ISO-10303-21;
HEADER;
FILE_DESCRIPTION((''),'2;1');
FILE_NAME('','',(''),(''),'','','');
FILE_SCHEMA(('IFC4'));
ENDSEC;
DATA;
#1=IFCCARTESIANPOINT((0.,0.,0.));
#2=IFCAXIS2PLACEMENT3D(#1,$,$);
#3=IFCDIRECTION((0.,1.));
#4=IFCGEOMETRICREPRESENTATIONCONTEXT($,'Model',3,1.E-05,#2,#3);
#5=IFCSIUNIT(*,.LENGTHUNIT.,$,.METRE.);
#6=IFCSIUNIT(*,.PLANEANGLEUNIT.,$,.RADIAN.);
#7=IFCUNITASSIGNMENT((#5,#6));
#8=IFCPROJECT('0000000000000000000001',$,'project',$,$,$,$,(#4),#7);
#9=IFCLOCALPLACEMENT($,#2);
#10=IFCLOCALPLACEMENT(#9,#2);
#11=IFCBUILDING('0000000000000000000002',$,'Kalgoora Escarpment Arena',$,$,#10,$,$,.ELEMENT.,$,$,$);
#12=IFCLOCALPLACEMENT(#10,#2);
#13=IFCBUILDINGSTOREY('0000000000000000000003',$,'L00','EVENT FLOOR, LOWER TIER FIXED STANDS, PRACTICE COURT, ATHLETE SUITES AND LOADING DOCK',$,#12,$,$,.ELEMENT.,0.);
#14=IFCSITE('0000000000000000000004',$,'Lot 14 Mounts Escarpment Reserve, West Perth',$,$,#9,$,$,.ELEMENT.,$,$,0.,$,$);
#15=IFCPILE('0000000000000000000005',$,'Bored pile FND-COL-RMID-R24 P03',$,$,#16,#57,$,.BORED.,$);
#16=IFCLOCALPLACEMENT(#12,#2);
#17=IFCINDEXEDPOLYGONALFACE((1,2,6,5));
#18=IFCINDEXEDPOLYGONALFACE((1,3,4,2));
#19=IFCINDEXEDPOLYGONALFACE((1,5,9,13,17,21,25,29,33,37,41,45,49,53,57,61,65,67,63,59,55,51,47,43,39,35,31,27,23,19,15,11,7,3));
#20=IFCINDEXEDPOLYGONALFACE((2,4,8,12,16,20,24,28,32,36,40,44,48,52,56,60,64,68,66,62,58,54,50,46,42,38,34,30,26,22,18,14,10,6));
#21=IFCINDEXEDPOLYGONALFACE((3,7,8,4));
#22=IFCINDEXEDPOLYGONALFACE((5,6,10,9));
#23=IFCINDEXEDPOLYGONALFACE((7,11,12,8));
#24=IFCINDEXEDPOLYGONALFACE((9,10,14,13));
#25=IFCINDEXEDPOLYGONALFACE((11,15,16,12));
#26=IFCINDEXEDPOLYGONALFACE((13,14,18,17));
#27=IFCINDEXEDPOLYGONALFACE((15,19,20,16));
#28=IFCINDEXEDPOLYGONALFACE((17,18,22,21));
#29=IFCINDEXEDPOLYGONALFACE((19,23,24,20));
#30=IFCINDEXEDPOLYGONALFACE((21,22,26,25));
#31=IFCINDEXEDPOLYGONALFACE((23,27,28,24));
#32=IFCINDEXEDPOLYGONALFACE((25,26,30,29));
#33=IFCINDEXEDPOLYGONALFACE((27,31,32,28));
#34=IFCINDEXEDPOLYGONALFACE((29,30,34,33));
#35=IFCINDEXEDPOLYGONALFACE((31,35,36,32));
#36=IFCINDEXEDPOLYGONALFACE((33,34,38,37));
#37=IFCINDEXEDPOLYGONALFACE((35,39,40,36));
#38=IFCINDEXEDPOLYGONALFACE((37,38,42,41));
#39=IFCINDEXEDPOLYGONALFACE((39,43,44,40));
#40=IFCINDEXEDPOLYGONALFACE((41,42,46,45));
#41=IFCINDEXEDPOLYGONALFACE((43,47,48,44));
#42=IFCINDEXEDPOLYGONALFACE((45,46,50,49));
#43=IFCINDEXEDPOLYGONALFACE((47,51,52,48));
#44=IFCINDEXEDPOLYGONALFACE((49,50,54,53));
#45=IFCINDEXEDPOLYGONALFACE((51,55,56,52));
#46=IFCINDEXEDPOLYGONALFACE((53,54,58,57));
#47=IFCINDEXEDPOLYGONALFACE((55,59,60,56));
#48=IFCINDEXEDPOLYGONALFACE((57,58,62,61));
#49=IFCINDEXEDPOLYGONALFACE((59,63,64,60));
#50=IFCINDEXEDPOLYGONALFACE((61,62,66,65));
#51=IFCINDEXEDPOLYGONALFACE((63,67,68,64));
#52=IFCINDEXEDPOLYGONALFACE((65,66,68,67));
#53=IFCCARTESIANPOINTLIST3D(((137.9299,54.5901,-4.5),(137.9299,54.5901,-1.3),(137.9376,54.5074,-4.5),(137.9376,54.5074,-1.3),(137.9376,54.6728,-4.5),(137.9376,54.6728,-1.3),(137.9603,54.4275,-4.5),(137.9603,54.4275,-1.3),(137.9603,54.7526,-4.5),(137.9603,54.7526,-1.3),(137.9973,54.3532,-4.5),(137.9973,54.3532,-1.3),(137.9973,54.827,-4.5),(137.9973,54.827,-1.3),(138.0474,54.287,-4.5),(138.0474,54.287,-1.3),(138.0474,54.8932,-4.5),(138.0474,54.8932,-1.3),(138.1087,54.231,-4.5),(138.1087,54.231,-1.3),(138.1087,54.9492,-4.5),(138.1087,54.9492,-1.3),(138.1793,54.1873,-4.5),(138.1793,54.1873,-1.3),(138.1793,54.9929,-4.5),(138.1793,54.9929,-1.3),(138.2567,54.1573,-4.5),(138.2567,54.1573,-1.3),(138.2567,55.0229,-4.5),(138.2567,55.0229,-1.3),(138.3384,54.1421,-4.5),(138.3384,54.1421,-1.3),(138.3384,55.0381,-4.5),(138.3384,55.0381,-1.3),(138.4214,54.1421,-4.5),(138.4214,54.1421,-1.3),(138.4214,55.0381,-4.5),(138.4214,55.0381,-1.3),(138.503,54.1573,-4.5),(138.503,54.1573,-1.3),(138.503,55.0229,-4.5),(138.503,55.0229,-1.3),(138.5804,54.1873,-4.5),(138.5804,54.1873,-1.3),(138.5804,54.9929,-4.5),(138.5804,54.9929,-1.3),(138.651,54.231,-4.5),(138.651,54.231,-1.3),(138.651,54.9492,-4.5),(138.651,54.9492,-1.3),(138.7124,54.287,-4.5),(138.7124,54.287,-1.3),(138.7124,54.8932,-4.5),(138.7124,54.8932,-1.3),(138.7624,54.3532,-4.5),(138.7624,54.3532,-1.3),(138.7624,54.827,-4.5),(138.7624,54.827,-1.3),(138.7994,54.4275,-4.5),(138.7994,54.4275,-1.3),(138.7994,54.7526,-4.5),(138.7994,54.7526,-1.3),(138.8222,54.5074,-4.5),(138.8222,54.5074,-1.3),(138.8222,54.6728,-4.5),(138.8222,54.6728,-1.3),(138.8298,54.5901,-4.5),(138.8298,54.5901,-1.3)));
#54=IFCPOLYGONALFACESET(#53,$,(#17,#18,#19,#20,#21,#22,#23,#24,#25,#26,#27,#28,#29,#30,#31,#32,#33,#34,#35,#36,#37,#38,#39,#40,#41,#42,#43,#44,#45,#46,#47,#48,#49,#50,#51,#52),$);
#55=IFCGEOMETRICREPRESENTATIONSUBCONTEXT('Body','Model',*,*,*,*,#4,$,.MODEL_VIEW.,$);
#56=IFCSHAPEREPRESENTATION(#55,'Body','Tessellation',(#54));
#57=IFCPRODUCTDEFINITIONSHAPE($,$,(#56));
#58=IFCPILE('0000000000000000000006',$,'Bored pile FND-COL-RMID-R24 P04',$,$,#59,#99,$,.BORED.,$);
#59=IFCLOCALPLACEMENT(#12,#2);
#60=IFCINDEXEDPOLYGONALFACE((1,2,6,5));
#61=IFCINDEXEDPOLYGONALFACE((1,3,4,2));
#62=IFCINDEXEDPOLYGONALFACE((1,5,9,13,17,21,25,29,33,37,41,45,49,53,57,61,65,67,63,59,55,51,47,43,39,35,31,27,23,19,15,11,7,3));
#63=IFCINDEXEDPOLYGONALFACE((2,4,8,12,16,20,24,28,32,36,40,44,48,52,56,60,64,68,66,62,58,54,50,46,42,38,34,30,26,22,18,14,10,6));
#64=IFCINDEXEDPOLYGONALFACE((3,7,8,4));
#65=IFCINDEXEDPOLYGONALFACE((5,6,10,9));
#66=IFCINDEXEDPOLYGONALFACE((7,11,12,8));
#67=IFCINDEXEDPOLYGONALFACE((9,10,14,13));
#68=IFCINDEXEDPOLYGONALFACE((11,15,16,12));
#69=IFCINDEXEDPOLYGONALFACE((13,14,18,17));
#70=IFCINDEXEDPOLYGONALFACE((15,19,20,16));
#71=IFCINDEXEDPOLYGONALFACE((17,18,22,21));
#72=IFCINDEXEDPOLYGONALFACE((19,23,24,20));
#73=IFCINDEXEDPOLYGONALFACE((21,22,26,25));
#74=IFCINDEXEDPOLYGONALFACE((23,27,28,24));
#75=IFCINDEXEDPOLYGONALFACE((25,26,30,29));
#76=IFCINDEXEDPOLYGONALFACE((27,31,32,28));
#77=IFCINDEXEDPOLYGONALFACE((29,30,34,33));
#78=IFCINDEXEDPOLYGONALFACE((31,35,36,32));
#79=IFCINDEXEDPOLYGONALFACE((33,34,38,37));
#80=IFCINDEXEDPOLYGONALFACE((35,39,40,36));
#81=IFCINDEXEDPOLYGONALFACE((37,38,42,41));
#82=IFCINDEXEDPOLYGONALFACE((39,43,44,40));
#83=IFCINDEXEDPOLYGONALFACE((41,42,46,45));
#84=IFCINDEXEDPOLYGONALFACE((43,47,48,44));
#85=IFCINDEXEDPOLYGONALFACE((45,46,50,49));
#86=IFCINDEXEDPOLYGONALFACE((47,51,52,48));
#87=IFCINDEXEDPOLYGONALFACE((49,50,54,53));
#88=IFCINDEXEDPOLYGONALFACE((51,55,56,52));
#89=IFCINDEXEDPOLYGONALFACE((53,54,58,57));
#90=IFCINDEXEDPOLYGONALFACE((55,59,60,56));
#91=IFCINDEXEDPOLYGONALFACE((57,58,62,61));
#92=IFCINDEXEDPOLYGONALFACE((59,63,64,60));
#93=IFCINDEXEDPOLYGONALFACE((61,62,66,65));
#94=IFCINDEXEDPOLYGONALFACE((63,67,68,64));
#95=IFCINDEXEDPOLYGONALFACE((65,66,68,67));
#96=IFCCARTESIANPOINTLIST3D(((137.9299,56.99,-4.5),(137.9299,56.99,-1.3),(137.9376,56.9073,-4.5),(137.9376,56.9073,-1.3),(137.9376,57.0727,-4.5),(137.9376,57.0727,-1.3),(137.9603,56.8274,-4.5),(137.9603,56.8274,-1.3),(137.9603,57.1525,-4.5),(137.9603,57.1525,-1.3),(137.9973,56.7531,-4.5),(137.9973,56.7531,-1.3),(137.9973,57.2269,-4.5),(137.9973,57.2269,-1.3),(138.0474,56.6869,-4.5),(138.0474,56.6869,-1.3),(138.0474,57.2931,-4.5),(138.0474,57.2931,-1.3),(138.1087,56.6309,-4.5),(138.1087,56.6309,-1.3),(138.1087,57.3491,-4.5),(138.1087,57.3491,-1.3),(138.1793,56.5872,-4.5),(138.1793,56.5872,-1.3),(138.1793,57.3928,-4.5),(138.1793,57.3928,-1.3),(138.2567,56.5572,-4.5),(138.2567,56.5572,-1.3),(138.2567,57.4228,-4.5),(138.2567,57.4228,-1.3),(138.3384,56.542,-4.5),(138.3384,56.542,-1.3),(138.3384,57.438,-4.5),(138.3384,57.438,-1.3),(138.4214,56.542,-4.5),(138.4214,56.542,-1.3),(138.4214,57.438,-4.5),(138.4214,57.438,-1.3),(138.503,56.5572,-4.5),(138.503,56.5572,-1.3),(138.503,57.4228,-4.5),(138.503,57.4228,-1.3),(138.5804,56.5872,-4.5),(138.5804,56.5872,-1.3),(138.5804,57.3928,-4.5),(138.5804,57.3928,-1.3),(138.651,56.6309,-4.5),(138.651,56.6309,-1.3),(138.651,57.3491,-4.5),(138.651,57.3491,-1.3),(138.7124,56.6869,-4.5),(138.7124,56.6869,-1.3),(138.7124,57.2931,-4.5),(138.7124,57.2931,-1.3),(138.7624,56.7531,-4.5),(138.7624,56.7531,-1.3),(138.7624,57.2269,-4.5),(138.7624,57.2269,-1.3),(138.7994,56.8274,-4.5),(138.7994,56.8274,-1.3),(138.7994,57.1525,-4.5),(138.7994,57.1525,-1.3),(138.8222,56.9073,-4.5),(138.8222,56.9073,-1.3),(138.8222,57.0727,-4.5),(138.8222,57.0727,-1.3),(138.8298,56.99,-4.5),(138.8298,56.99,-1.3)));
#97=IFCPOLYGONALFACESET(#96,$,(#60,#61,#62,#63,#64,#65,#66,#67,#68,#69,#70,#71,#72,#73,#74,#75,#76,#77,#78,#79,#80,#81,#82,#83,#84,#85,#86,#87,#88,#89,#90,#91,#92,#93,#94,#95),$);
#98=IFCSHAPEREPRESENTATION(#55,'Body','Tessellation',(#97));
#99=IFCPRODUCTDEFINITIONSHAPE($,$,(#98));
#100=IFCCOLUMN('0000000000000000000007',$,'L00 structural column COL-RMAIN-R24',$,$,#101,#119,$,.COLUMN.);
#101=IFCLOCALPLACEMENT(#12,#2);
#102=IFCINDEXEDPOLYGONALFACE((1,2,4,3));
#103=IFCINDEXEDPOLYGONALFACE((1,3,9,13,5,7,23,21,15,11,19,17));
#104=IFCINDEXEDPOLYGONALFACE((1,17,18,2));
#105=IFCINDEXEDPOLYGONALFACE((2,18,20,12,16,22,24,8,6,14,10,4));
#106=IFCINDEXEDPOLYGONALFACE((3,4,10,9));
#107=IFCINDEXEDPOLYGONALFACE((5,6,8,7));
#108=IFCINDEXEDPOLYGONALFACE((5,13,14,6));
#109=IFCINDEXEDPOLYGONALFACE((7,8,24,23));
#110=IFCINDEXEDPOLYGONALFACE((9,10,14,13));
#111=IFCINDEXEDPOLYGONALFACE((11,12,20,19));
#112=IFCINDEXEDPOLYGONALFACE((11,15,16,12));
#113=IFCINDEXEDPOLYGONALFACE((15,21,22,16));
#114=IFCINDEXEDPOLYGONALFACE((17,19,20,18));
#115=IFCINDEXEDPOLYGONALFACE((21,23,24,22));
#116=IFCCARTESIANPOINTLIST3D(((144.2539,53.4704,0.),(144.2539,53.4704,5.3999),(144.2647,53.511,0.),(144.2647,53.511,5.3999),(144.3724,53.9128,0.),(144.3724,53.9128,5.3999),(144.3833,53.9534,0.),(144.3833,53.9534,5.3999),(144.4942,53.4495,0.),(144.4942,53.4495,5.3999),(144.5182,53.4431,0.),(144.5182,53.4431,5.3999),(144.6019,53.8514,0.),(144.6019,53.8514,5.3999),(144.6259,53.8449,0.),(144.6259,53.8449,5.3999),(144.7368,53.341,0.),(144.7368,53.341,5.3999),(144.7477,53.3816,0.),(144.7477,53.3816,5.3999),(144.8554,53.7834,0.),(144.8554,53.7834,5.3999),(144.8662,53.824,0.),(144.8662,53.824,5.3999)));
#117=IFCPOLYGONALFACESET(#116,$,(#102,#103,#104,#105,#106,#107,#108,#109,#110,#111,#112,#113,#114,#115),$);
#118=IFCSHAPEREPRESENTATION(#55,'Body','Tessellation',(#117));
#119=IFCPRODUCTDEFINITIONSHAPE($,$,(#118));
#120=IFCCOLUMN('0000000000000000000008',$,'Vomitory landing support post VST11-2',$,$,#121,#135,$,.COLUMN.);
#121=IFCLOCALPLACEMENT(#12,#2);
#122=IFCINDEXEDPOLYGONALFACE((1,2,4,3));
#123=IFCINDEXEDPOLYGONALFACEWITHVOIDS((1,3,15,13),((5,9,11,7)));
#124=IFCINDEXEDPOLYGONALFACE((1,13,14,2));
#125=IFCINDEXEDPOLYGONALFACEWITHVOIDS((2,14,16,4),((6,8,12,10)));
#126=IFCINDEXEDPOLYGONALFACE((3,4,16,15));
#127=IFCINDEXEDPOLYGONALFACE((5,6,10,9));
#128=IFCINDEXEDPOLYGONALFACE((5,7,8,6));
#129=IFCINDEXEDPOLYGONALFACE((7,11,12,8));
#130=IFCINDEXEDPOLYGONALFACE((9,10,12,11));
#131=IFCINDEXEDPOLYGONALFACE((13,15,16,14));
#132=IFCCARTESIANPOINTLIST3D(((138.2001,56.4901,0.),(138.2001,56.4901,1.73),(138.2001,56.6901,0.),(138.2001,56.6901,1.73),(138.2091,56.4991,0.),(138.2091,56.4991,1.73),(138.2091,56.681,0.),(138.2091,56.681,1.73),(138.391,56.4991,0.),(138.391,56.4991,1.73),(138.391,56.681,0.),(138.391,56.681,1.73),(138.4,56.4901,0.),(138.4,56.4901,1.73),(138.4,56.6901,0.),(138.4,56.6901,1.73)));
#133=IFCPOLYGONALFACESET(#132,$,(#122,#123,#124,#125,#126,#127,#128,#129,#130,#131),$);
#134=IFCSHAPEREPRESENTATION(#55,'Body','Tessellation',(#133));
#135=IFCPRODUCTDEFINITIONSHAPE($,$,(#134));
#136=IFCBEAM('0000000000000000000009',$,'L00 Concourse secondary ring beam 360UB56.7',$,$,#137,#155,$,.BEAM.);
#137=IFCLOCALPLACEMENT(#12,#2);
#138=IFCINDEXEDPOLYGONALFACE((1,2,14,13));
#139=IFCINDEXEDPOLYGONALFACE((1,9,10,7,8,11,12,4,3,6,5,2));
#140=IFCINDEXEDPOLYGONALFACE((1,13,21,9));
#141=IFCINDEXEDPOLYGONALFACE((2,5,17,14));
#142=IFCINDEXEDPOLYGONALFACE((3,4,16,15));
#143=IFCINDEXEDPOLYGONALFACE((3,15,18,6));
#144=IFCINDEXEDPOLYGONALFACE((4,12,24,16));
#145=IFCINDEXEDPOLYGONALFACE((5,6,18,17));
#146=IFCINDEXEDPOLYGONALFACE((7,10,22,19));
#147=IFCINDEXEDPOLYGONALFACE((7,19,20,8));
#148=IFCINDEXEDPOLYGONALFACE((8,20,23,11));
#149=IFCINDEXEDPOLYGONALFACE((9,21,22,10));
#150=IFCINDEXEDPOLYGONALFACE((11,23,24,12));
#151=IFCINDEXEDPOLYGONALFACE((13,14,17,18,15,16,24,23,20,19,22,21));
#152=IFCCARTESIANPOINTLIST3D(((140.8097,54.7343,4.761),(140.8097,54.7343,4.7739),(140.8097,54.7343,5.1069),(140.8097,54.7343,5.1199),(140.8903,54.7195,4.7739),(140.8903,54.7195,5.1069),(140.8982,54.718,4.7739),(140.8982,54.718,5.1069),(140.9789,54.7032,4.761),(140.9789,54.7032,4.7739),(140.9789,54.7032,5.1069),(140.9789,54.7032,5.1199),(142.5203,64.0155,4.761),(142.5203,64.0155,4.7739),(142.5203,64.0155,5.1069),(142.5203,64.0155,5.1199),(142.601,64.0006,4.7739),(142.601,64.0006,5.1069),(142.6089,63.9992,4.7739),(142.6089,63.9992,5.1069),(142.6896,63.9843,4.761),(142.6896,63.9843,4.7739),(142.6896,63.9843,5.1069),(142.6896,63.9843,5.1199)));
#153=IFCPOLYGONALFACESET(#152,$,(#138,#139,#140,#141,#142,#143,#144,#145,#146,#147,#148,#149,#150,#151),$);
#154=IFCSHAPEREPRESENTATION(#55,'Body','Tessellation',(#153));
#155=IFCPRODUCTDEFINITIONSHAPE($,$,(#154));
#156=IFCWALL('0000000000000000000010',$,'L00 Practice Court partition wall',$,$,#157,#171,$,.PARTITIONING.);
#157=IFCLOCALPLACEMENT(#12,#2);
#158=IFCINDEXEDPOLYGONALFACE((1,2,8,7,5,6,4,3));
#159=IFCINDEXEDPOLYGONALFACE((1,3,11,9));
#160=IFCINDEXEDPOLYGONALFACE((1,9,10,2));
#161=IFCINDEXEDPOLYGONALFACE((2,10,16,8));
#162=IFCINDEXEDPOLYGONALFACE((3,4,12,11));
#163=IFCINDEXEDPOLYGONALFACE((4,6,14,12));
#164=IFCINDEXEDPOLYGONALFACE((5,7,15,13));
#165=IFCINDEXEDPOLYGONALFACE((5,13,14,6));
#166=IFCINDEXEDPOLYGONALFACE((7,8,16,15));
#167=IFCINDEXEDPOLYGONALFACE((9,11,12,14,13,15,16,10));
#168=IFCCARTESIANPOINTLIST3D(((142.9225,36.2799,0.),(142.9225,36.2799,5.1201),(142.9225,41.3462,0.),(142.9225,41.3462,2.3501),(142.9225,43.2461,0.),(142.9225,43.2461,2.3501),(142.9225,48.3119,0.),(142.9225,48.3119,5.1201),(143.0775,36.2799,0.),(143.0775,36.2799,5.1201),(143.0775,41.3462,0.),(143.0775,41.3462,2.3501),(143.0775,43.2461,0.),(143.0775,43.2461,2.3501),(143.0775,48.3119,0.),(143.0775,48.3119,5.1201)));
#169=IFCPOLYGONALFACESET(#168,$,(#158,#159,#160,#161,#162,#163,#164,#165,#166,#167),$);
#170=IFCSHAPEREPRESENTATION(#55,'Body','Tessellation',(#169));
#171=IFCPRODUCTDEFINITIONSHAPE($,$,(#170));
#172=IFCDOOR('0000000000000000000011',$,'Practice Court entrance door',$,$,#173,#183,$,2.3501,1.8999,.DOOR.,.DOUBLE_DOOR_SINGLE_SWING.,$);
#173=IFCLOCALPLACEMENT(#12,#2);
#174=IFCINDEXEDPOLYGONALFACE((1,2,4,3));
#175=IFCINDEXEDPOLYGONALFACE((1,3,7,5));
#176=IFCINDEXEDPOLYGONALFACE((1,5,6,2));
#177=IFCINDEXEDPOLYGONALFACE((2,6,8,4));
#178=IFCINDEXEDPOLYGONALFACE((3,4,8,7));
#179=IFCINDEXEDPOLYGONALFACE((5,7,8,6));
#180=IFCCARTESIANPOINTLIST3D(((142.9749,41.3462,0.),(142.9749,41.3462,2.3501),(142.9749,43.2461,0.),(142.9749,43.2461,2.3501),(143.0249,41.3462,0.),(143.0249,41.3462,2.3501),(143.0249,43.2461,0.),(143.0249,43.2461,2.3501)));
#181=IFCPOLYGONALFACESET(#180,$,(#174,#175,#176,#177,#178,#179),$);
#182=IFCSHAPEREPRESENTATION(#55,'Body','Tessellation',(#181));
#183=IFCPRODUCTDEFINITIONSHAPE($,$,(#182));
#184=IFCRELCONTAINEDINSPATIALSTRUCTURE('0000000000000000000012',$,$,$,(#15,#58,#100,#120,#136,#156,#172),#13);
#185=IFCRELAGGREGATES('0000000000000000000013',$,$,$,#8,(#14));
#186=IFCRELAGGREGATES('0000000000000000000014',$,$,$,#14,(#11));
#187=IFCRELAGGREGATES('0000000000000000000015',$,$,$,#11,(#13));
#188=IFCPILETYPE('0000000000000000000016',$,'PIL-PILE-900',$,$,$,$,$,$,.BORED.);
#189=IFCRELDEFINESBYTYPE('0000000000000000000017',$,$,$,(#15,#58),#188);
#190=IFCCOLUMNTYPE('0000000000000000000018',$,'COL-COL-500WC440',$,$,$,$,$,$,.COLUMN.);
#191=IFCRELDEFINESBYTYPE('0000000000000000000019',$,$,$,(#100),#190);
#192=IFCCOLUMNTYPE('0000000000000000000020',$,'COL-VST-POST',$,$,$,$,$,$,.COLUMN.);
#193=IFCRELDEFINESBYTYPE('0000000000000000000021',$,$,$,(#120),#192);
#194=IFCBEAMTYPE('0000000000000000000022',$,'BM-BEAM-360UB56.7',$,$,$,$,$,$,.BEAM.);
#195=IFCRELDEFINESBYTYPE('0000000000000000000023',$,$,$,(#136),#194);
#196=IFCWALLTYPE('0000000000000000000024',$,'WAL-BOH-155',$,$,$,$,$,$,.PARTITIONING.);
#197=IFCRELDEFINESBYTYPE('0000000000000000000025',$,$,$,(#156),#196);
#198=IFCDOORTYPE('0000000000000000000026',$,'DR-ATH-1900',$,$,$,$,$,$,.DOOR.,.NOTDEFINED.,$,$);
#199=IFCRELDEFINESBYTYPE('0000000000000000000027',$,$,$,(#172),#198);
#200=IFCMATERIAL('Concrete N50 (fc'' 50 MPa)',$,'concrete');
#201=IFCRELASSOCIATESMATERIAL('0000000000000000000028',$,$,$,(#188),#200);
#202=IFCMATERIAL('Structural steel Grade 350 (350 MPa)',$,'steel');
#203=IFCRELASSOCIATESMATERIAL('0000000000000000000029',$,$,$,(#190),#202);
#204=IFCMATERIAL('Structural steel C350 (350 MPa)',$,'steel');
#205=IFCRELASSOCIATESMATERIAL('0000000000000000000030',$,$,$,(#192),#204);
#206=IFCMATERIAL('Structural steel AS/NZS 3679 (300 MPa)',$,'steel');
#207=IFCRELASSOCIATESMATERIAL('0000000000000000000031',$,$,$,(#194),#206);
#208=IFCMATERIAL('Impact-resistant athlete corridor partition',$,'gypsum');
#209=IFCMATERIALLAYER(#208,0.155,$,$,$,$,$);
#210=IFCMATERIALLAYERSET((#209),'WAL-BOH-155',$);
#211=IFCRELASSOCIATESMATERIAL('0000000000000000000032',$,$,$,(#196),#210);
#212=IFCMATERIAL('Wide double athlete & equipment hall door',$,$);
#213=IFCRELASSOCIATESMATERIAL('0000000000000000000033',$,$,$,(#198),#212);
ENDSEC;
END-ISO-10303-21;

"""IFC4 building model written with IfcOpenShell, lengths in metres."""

from ifc_helpers import new_model, si_unit, direction, frame, frame_2d, origin, origin_2d, place, context, subcontext, project, spatial, rectangle, hollow_rectangle, circle, i_section, extrude, material, layer, layer_set, material_profile, profile_set, type_object, element, fill, save


model = new_model("IFC4")

# Units and contexts
model_context = context("Model", 3, precision=1e-05, world=origin(), true_north=direction((0.0, 1.0)))
body_context = subcontext(model_context, "Body", "Model", "MODEL_VIEW")
ifc_project = project(units=[si_unit("LENGTHUNIT", "METRE"), si_unit("PLANEANGLEUNIT", "RADIAN")], contexts=[model_context])

# Site, building, storey
site_placement = place(None, origin())
site = spatial("IfcSite", under=ifc_project, at=site_placement, Name="Lot 14 Mounts Escarpment Reserve, West Perth", CompositionType="ELEMENT", RefElevation=0.0)
building_placement = place(site_placement, origin())
building = spatial("IfcBuilding", under=site, at=building_placement, Name="Kalgoora Escarpment Arena", CompositionType="ELEMENT")
storey_placement = place(building_placement, origin())
storey = spatial("IfcBuildingStorey", under=building, at=storey_placement, Name="L00", Description="EVENT FLOOR, LOWER TIER FIXED STANDS, PRACTICE COURT, ATHLETE SUITES AND LOADING DOCK", CompositionType="ELEMENT", Elevation=0.0)

# Piles
ifc_material_1 = material(Name="Concrete N50 (fc' 50 MPa)", Category="concrete")
ifc_material_profile_1 = material_profile(ifc_material_1, circle(Radius=0.45, at=origin_2d()))
ifc_profile_set_1 = profile_set([ifc_material_profile_1], Name="Concrete N50 (fc' 50 MPa)")
pile_type_1 = type_object("IfcPileType", Name="PIL-PILE-900", PredefinedType="BORED", material=ifc_profile_set_1)
for number, where, z_axis, x_axis, name in (
    (1, (138.3799, 54.5901, -1.3), (0.0, 0.0, -1.0), (1.0, 0.0, 0.0), "Bored pile FND-COL-RMID-R24 P03"),
    (2, (138.3799, 56.99, -1.3), (0.0, 0.0, -1.0), (1.0, 0.0, 0.0), "Bored pile FND-COL-RMID-R24 P04"),
):
    element("IfcPile", number, at=place(storey_placement, frame(where, z_axis=z_axis, x_axis=x_axis)), inside=storey, type_object=pile_type_1, Name=name, PredefinedType="BORED", context=body_context, shape_type="SweptSolid", body=[
        extrude(circle(Radius=0.45, at=origin_2d()), origin(), (0.0, 0.0, 1.0), 3.2),
    ])

# Columns
ifc_material_2 = material(Name="Structural steel Grade 350 (350 MPa)", Category="steel")
ifc_material_profile_2 = material_profile(ifc_material_2, i_section(OverallWidth=0.5, OverallDepth=0.5, WebThickness=0.0249, FlangeThickness=0.042, at=origin_2d()))
ifc_profile_set_2 = profile_set([ifc_material_profile_2], Name="Structural steel Grade 350 (350 MPa)")
column_type_1 = type_object("IfcColumnType", Name="COL-COL-500WC440", PredefinedType="COLUMN", material=ifc_profile_set_2)
column_1_placement = place(storey_placement, frame((144.5601, 53.6472, 0.0), z_axis=(0.0, 0.0, 1.0), x_axis=(0.965926, -0.258819, 0.0)))
element("IfcColumn", 3, at=column_1_placement, inside=storey, type_object=column_type_1, Name="L00 structural column COL-RMAIN-R24", PredefinedType="COLUMN", context=body_context, shape_type="SweptSolid", body=[
    extrude(i_section(OverallWidth=0.5, OverallDepth=0.5, WebThickness=0.0249, FlangeThickness=0.042, at=origin_2d()), origin(), (0.0, 0.0, 1.0), 5.3999),
])
ifc_material_3 = material(Name="Structural steel C350 (350 MPa)", Category="steel")
ifc_material_profile_3 = material_profile(ifc_material_3, hollow_rectangle(XDim=0.2, YDim=0.2, WallThickness=0.009, at=origin_2d()))
ifc_profile_set_3 = profile_set([ifc_material_profile_3], Name="Structural steel C350 (350 MPa)")
column_type_2 = type_object("IfcColumnType", Name="COL-VST-POST", PredefinedType="COLUMN", material=ifc_profile_set_3)
column_2_placement = place(storey_placement, frame((138.3, 56.5901, 0.0), z_axis=(0.0, 0.0, 1.0), x_axis=(1.0, 0.0, 0.0)))
element("IfcColumn", 4, at=column_2_placement, inside=storey, type_object=column_type_2, Name="Vomitory landing support post VST11-2", PredefinedType="COLUMN", context=body_context, shape_type="SweptSolid", body=[
    extrude(hollow_rectangle(XDim=0.2, YDim=0.2, WallThickness=0.009, at=origin_2d()), origin(), (0.0, 0.0, 1.0), 1.73),
])

# Beam
ifc_material_4 = material(Name="Structural steel AS/NZS 3679 (300 MPa)", Category="steel")
ifc_material_profile_4 = material_profile(ifc_material_4, i_section(OverallWidth=0.1721, OverallDepth=0.3589, WebThickness=0.0081, FlangeThickness=0.0129, at=origin_2d()))
ifc_profile_set_4 = profile_set([ifc_material_profile_4], Name="Structural steel AS/NZS 3679 (300 MPa)")
beam_type = type_object("IfcBeamType", Name="BM-BEAM-360UB56.7", PredefinedType="BEAM", material=ifc_profile_set_4)
beam_placement = place(storey_placement, frame((140.8943, 54.7188, 4.9404), z_axis=(0.181264, 0.983435, 0.0), x_axis=(-0.983435, 0.181264, 0.0)))
element("IfcBeam", 5, at=beam_placement, inside=storey, type_object=beam_type, Name="L00 Concourse secondary ring beam 360UB56.7", PredefinedType="BEAM", context=body_context, shape_type="SweptSolid", body=[
    extrude(i_section(OverallWidth=0.1721, OverallDepth=0.3589, WebThickness=0.0081, FlangeThickness=0.0129, at=origin_2d()), origin(), (0.0, 0.0, 1.0), 9.4375),
])

# Wall, opening, door
ifc_material_5 = material(Name="Impact-resistant athlete corridor partition", Category="gypsum")
ifc_layer_1 = layer(ifc_material_5, 0.155)
ifc_layer_set_1 = layer_set([ifc_layer_1], Name="WAL-BOH-155")
wall_type_1 = type_object("IfcWallType", Name="WAL-BOH-155", PredefinedType="PARTITIONING", material=ifc_layer_set_1)
wall_1_placement = place(storey_placement, frame((143.0, 48.312, 0.0), z_axis=(0.0, 0.0, 1.0), x_axis=(0.0, -1.0, 0.0)))
wall_1 = element("IfcWall", 6, at=wall_1_placement, inside=storey, type_object=wall_type_1, Name="L00 Practice Court partition wall", PredefinedType="PARTITIONING", context=body_context, shape_type="SweptSolid", body=[
    extrude(rectangle(XDim=12.032, YDim=0.155, at=frame_2d((6.0161, 0.0))), origin(), (0.0, 0.0, 1.0), 5.1201),
])
opening_1_placement = place(wall_1_placement, frame((5.0659, 0.0, 0.0)))
opening_1 = element("IfcOpeningElement", 7, at=opening_1_placement, cuts=wall_1, PredefinedType="OPENING", context=body_context, shape_type="SweptSolid", body=[
    extrude(rectangle(XDim=1.8999, YDim=2.3501, at=frame_2d((0.95, 1.175))), frame((0.0, 0.0874, 0.0), z_axis=(0.0, -1.0, 0.0), x_axis=(1.0, 0.0, 0.0)), (0.0, 0.0, 1.0), 0.175),
])
ifc_material_6 = material(Name="Wide double athlete & equipment hall door")
door_type_1 = type_object("IfcDoorType", Name="DR-ATH-1900", OperationType="NOTDEFINED", PredefinedType="DOOR", material=ifc_material_6)
door_1_placement = place(opening_1_placement, origin())
door_1 = element("IfcDoor", 8, at=door_1_placement, inside=storey, type_object=door_type_1, Name="Practice Court entrance door", OperationType="DOUBLE_DOOR_SINGLE_SWING", OverallHeight=2.3501, OverallWidth=1.8999, PredefinedType="DOOR", context=body_context, shape_type="SweptSolid", body=[
    extrude(rectangle(XDim=1.8999, YDim=2.3501, at=frame_2d((0.95, 1.175))), frame((0.0, 0.0249, 0.0), z_axis=(0.0, -1.0, 0.0), x_axis=(1.0, 0.0, 0.0)), (0.0, 0.0, 1.0), 0.05),
])
fill(opening_1, door_1)

save(model, "model.ifc")
